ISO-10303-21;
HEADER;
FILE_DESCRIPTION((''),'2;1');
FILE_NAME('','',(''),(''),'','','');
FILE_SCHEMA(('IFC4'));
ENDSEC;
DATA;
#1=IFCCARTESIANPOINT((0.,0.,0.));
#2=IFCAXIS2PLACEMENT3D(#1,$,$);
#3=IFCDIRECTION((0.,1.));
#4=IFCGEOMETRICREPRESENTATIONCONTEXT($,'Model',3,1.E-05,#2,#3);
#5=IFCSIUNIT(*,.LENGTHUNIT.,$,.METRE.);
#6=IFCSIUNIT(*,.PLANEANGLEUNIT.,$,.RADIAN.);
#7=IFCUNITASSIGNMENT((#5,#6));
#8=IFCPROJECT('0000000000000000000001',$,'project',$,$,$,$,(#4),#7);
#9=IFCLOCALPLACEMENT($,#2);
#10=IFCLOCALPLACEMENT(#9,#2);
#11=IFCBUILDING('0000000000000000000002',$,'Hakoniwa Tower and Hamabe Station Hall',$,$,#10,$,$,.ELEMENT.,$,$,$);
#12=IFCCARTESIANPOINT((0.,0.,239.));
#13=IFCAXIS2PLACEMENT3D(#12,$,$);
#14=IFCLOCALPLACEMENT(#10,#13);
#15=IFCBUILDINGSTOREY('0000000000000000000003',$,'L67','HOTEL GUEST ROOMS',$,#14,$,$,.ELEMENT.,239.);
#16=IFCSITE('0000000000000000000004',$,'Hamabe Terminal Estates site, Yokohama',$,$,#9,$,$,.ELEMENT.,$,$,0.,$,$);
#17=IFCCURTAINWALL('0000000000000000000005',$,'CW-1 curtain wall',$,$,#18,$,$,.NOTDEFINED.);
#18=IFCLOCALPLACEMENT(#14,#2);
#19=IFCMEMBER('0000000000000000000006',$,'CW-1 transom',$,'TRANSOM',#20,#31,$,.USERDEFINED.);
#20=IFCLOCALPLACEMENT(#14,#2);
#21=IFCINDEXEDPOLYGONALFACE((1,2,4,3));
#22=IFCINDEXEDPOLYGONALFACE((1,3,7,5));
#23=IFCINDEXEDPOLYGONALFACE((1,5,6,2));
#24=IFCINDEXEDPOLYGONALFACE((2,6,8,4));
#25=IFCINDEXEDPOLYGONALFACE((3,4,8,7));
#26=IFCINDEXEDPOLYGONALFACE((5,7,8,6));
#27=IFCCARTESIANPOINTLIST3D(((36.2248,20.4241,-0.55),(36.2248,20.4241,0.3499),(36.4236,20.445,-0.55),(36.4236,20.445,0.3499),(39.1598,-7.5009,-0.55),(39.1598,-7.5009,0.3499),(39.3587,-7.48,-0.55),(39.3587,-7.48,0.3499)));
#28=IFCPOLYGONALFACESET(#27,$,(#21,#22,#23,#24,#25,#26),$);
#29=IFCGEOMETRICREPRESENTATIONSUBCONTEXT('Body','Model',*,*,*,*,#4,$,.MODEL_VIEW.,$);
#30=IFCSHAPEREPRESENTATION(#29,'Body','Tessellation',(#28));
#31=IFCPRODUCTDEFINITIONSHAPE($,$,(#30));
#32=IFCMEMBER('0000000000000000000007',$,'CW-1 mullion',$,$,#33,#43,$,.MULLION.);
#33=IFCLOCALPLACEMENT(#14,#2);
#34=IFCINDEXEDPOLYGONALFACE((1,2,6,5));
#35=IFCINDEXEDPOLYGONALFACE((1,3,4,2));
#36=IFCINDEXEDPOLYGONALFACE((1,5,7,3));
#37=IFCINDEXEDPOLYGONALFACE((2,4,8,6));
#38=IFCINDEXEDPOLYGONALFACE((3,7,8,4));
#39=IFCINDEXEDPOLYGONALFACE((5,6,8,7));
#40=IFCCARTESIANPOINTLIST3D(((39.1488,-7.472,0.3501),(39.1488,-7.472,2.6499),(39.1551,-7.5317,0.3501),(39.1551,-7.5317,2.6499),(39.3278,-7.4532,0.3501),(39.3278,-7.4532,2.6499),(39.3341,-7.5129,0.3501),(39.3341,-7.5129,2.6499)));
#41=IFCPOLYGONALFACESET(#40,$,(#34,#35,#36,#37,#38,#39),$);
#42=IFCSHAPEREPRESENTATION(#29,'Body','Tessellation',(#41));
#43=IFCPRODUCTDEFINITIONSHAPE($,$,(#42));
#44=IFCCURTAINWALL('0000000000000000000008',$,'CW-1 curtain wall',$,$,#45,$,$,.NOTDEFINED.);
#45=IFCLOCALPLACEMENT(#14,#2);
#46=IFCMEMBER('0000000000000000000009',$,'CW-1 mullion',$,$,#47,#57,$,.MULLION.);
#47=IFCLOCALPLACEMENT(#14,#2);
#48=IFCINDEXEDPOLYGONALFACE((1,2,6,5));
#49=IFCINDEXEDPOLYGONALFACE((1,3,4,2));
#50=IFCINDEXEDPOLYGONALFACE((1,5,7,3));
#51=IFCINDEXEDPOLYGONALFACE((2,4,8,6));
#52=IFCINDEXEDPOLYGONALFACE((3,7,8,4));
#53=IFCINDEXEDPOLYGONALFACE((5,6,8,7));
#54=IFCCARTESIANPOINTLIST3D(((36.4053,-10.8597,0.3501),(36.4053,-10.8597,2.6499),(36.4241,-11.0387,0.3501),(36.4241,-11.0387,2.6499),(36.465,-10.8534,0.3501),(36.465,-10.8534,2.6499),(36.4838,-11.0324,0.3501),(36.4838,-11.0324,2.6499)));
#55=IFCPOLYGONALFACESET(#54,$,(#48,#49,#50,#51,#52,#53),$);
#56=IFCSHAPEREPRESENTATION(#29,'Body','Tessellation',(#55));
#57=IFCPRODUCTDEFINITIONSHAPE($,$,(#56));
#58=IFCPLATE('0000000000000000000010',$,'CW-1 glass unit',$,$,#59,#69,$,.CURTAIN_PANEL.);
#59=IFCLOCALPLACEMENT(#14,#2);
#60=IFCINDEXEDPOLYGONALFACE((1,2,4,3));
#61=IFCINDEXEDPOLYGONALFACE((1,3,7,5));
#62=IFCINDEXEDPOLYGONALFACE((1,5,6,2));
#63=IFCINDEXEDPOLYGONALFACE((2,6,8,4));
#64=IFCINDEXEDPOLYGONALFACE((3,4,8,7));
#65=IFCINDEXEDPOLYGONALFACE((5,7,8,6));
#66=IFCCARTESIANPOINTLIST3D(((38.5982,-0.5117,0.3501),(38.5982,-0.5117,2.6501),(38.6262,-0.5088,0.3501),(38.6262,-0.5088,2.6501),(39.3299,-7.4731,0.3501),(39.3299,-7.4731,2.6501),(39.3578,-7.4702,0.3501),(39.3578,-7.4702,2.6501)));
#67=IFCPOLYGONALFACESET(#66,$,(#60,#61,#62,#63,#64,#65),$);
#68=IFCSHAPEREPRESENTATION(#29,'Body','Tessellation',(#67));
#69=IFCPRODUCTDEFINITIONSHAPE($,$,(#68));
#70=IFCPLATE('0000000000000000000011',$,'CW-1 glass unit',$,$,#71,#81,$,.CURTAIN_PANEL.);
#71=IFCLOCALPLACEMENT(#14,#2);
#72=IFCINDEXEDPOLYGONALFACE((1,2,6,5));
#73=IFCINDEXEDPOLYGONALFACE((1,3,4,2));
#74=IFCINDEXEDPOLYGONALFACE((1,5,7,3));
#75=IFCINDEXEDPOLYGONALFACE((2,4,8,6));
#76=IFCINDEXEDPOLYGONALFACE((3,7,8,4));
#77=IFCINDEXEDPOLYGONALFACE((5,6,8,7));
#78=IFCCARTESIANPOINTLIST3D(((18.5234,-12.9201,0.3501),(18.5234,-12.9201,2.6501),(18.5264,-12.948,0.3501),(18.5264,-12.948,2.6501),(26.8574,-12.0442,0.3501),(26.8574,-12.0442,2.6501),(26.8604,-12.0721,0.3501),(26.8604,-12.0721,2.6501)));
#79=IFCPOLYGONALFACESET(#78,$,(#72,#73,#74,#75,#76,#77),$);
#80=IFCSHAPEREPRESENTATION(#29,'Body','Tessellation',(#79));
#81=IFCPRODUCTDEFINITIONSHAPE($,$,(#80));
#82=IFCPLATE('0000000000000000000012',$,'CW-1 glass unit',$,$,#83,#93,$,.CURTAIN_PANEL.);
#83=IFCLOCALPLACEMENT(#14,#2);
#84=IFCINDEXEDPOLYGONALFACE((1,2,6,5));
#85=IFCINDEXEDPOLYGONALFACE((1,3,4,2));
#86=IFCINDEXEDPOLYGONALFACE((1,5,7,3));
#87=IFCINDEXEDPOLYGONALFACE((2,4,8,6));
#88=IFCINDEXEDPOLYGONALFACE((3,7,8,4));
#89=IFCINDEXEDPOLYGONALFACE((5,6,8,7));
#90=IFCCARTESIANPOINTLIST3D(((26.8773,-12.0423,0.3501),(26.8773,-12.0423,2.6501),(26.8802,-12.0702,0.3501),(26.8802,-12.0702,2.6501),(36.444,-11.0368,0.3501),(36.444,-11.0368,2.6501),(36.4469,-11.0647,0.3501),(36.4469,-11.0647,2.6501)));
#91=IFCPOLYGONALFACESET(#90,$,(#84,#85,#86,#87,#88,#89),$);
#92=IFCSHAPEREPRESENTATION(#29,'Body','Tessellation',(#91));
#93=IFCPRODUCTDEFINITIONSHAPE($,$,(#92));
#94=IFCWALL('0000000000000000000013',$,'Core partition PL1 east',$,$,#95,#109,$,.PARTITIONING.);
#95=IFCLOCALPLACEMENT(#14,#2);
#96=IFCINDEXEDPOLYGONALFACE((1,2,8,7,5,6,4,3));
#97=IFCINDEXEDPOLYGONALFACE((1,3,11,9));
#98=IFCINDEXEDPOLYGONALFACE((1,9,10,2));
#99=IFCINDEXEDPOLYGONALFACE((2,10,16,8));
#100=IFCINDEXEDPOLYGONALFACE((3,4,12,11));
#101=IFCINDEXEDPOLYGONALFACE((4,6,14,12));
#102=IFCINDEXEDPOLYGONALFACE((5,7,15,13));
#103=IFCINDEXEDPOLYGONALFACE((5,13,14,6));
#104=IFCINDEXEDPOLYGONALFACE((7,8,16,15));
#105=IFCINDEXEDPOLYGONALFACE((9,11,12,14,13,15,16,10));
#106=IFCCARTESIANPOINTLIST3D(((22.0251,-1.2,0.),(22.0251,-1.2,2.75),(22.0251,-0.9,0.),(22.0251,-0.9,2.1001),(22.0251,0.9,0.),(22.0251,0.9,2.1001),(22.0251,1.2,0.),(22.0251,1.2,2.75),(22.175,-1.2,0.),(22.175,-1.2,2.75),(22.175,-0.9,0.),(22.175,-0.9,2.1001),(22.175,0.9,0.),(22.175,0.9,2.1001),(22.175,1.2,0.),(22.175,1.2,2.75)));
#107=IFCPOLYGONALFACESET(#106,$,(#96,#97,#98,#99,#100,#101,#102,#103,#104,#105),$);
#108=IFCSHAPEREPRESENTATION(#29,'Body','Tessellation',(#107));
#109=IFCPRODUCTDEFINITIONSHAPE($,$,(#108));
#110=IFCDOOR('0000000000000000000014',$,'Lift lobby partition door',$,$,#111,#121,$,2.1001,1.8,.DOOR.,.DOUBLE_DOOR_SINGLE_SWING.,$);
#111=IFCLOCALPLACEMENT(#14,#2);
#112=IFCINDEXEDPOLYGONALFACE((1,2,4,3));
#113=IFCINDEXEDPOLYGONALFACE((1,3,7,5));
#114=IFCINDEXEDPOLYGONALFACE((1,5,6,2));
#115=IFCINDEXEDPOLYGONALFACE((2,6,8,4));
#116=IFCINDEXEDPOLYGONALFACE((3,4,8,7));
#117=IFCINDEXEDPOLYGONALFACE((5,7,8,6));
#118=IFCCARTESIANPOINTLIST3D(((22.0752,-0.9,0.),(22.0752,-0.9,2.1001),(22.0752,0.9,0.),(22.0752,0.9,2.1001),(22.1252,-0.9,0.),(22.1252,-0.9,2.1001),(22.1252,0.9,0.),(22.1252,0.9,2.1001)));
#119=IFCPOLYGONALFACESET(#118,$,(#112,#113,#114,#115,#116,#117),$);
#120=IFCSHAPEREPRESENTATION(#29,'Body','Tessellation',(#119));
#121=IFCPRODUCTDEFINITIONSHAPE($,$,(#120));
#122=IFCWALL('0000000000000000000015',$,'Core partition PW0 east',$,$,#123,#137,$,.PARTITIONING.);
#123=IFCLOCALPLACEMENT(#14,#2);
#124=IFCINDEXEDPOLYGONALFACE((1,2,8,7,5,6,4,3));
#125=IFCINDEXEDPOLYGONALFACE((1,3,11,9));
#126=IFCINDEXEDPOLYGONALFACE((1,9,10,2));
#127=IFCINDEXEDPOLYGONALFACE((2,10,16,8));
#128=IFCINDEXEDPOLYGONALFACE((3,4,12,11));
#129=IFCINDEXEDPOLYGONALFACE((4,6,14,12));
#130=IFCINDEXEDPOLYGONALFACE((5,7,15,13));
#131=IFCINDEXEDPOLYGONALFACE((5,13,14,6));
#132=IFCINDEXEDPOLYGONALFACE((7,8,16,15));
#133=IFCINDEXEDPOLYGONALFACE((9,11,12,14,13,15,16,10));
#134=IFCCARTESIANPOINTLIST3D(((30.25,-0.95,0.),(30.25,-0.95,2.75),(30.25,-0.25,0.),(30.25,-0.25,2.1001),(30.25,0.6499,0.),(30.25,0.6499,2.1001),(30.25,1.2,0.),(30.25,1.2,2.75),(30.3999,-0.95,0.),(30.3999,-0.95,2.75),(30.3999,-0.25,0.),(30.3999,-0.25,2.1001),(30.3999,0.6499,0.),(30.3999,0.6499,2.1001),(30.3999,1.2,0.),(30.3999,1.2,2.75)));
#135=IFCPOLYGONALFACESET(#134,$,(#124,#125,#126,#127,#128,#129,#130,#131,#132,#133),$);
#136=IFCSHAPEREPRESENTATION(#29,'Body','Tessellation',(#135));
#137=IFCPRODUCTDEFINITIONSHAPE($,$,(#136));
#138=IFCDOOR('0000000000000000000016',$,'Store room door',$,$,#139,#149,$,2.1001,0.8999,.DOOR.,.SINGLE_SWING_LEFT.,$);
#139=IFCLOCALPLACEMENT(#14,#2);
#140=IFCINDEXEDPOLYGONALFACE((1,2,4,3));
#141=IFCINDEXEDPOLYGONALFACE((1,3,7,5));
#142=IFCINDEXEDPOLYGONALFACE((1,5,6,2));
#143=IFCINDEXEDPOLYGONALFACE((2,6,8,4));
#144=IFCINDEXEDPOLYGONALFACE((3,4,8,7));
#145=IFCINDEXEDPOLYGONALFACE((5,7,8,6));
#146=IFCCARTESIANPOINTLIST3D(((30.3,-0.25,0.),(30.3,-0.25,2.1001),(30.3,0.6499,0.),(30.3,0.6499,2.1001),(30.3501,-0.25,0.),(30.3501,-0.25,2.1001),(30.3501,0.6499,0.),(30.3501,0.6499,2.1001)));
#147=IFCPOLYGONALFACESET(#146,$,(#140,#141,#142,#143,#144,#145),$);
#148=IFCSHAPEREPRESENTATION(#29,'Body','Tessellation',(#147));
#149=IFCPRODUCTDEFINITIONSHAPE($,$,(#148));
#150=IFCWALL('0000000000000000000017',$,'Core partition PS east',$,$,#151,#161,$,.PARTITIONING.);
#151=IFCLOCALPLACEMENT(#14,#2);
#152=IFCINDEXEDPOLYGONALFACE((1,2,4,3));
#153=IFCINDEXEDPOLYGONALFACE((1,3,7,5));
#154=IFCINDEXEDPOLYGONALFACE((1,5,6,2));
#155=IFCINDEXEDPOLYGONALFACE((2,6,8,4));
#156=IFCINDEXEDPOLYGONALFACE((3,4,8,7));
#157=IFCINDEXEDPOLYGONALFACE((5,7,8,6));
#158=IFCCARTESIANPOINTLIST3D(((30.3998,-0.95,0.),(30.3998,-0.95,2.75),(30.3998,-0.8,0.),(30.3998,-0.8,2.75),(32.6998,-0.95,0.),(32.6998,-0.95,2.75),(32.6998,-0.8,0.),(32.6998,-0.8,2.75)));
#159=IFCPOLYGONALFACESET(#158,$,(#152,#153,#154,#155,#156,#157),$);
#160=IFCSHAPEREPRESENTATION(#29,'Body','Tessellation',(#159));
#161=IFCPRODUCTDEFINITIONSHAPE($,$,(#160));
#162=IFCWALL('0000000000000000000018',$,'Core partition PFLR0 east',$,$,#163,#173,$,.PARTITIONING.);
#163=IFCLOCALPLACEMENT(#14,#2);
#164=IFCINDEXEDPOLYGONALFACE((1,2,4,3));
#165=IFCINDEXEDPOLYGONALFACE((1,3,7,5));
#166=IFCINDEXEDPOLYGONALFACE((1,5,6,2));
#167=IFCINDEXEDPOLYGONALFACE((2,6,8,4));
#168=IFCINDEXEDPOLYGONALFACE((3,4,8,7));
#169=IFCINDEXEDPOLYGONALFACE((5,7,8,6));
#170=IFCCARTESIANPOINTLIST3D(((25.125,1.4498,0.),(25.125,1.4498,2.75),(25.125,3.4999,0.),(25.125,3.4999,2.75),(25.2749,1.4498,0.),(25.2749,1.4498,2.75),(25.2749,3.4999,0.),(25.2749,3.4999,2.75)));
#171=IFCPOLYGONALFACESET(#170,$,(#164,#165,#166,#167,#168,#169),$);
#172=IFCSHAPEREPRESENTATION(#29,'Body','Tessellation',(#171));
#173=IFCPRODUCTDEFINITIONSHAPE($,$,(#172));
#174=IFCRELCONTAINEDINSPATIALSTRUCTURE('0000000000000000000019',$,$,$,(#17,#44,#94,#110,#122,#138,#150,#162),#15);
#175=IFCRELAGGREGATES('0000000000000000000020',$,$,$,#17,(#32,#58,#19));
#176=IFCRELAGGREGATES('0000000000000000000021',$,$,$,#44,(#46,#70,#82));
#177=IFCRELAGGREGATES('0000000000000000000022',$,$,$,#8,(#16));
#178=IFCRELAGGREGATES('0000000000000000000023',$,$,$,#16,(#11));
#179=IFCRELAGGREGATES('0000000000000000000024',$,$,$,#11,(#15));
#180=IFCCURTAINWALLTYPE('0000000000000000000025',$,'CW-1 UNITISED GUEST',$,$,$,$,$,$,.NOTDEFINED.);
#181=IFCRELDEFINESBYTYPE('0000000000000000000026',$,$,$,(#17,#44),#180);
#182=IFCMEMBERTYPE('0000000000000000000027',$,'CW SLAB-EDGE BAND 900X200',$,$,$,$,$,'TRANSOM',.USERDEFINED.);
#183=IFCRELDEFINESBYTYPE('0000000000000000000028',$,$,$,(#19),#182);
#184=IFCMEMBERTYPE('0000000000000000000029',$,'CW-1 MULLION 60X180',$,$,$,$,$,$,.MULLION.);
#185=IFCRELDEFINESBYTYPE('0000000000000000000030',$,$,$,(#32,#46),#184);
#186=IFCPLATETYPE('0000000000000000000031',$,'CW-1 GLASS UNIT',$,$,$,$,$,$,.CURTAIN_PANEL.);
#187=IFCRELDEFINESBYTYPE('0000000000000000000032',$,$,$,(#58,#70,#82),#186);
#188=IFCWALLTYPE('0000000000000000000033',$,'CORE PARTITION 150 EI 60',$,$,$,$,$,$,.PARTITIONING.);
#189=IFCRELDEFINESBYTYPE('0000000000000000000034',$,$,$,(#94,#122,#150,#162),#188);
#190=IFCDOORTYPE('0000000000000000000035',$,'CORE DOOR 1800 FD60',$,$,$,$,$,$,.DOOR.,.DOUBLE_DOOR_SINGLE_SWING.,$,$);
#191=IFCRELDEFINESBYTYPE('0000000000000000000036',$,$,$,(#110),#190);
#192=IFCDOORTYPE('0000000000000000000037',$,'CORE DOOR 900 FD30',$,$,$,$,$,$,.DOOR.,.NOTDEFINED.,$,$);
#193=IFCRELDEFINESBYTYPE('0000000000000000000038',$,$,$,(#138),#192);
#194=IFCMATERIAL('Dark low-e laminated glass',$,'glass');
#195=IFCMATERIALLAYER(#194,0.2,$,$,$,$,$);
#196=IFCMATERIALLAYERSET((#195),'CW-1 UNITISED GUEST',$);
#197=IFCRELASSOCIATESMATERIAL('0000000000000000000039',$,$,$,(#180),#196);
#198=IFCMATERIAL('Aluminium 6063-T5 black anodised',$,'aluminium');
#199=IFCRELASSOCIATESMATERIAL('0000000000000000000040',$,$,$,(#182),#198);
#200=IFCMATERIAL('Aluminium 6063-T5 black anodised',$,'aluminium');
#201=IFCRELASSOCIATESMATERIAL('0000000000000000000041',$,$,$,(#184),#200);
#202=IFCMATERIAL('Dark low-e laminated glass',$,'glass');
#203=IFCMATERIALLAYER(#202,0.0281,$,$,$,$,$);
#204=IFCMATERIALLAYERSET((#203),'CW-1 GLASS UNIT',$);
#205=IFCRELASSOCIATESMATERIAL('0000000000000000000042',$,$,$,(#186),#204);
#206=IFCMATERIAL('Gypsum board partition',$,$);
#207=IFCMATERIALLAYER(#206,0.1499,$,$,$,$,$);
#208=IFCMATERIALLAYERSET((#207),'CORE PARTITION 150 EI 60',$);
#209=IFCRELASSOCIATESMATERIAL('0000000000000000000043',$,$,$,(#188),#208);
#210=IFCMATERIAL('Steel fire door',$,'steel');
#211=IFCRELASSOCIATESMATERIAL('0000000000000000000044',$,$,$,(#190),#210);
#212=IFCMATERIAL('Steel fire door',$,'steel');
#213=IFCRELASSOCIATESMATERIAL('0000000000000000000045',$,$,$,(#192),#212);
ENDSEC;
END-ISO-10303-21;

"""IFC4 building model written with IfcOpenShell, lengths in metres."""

from ifc_helpers import new_model, si_unit, direction, frame, frame_2d, origin, origin_2d, place, context, subcontext, project, spatial, rectangle, extrude, material, layer, layer_set, material_profile, profile_set, type_object, element, fill, aggregate, save


model = new_model("IFC4")

# Units and contexts
model_context = context("Model", 3, precision=1e-05, world=origin(), true_north=direction((0.0, 1.0)))
body_context = subcontext(model_context, "Body", "Model", "MODEL_VIEW")
ifc_project = project(units=[si_unit("LENGTHUNIT", "METRE"), si_unit("PLANEANGLEUNIT", "RADIAN")], contexts=[model_context])

# Site, building, storey
site_placement = place(None, origin())
site = spatial("IfcSite", under=ifc_project, at=site_placement, Name="Hamabe Terminal Estates site, Yokohama", CompositionType="ELEMENT", RefElevation=0.0)
building_placement = place(site_placement, origin())
building = spatial("IfcBuilding", under=site, at=building_placement, Name="Hakoniwa Tower and Hamabe Station Hall", CompositionType="ELEMENT")
storey_placement = place(building_placement, frame((0.0, 0.0, 239.0)))
storey = spatial("IfcBuildingStorey", under=building, at=storey_placement, Name="L67", Description="HOTEL GUEST ROOMS", CompositionType="ELEMENT", Elevation=239.0)

# Curtain wall, members
ifc_material_1 = material(Name="Dark low-e laminated glass", Category="glass")
ifc_layer_1 = layer(ifc_material_1, 0.2)
ifc_layer_set_1 = layer_set([ifc_layer_1], Name="CW-1 UNITISED GUEST")
curtain_wall_type = type_object("IfcCurtainWallType", Name="CW-1 UNITISED GUEST", PredefinedType="NOTDEFINED", material=ifc_layer_set_1)
curtain_wall_1_placement = place(storey_placement, origin())
curtain_wall_1 = element("IfcCurtainWall", 1, at=curtain_wall_1_placement, inside=storey, type_object=curtain_wall_type, Name="CW-1 curtain wall", PredefinedType="NOTDEFINED")
ifc_material_2 = material(Name="Aluminium 6063-T5 black anodised", Category="aluminium")
ifc_material_profile_1 = material_profile(ifc_material_2, rectangle(XDim=0.2, YDim=0.8999, at=origin_2d()), Name="CW SLAB-EDGE BAND 900X200")
ifc_profile_set_1 = profile_set([ifc_material_profile_1], Name="Aluminium 6063-T5 black anodised")
member_type_1 = type_object("IfcMemberType", Name="CW SLAB-EDGE BAND 900X200", ElementType="TRANSOM", PredefinedType="USERDEFINED", material=ifc_profile_set_1)
member_1_placement = place(storey_placement, frame((39.2593, -7.4905, -0.1001), z_axis=(-0.104529, 0.994522, 0.0), x_axis=(-0.994522, -0.104529, 0.0)))
member_1 = element("IfcMember", 2, at=member_1_placement, type_object=member_type_1, Name="CW-1 transom", ObjectType="TRANSOM", PredefinedType="USERDEFINED", context=body_context, shape_type="SweptSolid", body=[
    extrude(rectangle(XDim=0.2, YDim=0.8999, at=origin_2d()), origin(), (0.0, 0.0, 1.0), 28.0789),
])
ifc_material_3 = material(Name="Aluminium 6063-T5 black anodised", Category="aluminium")
ifc_material_profile_2 = material_profile(ifc_material_3, rectangle(XDim=0.0601, YDim=0.1799, at=origin_2d()), Name="CW-1 MULLION 60X180")
ifc_profile_set_2 = profile_set([ifc_material_profile_2], Name="Aluminium 6063-T5 black anodised")
member_type_2 = type_object("IfcMemberType", Name="CW-1 MULLION 60X180", PredefinedType="MULLION", material=ifc_profile_set_2)
member_2_placement = place(storey_placement, frame((39.2415, -7.4924, 0.3501), z_axis=(0.0, 0.0, 1.0), x_axis=(-0.104528, 0.994522, 0.0)))
member_2 = element("IfcMember", 3, at=member_2_placement, type_object=member_type_2, Name="CW-1 mullion", PredefinedType="MULLION", context=body_context, shape_type="SweptSolid", body=[
    extrude(rectangle(XDim=0.0601, YDim=0.1799, at=origin_2d()), origin(), (0.0, 0.0, 1.0), 2.2998),
])

# Curtain wall, member
curtain_wall_2_placement = place(storey_placement, origin())
curtain_wall_2 = element("IfcCurtainWall", 4, at=curtain_wall_2_placement, inside=storey, type_object=curtain_wall_type, Name="CW-1 curtain wall", PredefinedType="NOTDEFINED")
member_3_placement = place(storey_placement, frame((36.4446, -10.946, 0.3501), z_axis=(0.0, 0.0, 1.0), x_axis=(0.994522, 0.104528, 0.0)))
member_3 = element("IfcMember", 5, at=member_3_placement, type_object=member_type_2, Name="CW-1 mullion", PredefinedType="MULLION", context=body_context, shape_type="SweptSolid", body=[
    extrude(rectangle(XDim=0.0601, YDim=0.1799, at=origin_2d()), origin(), (0.0, 0.0, 1.0), 2.2998),
])

# Plates
ifc_material_4 = material(Name="Dark low-e laminated glass", Category="glass")
ifc_layer_2 = layer(ifc_material_4, 0.0281)
ifc_layer_set_2 = layer_set([ifc_layer_2], Name="CW-1 GLASS UNIT")
plate_type = type_object("IfcPlateType", Name="CW-1 GLASS UNIT", PredefinedType="CURTAIN_PANEL", material=ifc_layer_set_2)
plate_1_placement = place(storey_placement, frame((38.978, -3.991, 0.3501), z_axis=(0.0, 0.0, 1.0), x_axis=(-0.104528, 0.994522, 0.0)))
plate_1 = element("IfcPlate", 6, at=plate_1_placement, type_object=plate_type, Name="CW-1 glass unit", PredefinedType="CURTAIN_PANEL", context=body_context, shape_type="SweptSolid", body=[
    extrude(rectangle(XDim=6.9998, YDim=0.0281, at=origin_2d()), origin(), (0.0, 0.0, 1.0), 2.3),
])
aggregate(curtain_wall_1, [member_2, plate_1, member_1])
plate_2_placement = place(storey_placement, frame((22.6919, -12.4961, 0.3501), z_axis=(0.0, 0.0, 1.0), x_axis=(0.994522, 0.104528, 0.0)))
plate_2 = element("IfcPlate", 7, at=plate_2_placement, type_object=plate_type, Name="CW-1 glass unit", PredefinedType="CURTAIN_PANEL", context=body_context, shape_type="SweptSolid", body=[
    extrude(rectangle(XDim=8.3799, YDim=0.0281, at=origin_2d()), origin(), (0.0, 0.0, 1.0), 2.3),
])
plate_3_placement = place(storey_placement, frame((31.6621, -11.5535, 0.3501), z_axis=(0.0, 0.0, 1.0), x_axis=(0.994522, 0.104528, 0.0)))
plate_3 = element("IfcPlate", 8, at=plate_3_placement, type_object=plate_type, Name="CW-1 glass unit", PredefinedType="CURTAIN_PANEL", context=body_context, shape_type="SweptSolid", body=[
    extrude(rectangle(XDim=9.6194, YDim=0.0281, at=origin_2d()), origin(), (0.0, 0.0, 1.0), 2.3),
])
aggregate(curtain_wall_2, [member_3, plate_2, plate_3])

# Walls, openings, doors
ifc_material_5 = material(Name="Gypsum board partition")
ifc_layer_3 = layer(ifc_material_5, 0.1499)
ifc_layer_set_3 = layer_set([ifc_layer_3], Name="CORE PARTITION 150 EI 60")
wall_type_1 = type_object("IfcWallType", Name="CORE PARTITION 150 EI 60", PredefinedType="PARTITIONING", material=ifc_layer_set_3)
wall_1_placement = place(storey_placement, frame((22.1001, -1.2, 0.0), z_axis=(0.0, 0.0, 1.0), x_axis=(0.0, 1.0, 0.0)))
wall_1 = element("IfcWall", 9, at=wall_1_placement, inside=storey, type_object=wall_type_1, Name="Core partition PL1 east", PredefinedType="PARTITIONING", context=body_context, shape_type="SweptSolid", body=[
    extrude(rectangle(XDim=2.3999, YDim=0.1499, at=frame_2d((1.2, 0.0))), origin(), (0.0, 0.0, 1.0), 2.75),
])
opening_1_placement = place(wall_1_placement, frame((0.3, 0.0, 0.0)))
opening_1 = element("IfcOpeningElement", 10, at=opening_1_placement, cuts=wall_1, PredefinedType="OPENING", context=body_context, shape_type="SweptSolid", body=[
    extrude(rectangle(XDim=1.8, YDim=2.1001, at=frame_2d((0.8999, 1.05))), frame((0.0, 0.085, 0.0), z_axis=(0.0, -1.0, 0.0), x_axis=(1.0, 0.0, 0.0)), (0.0, 0.0, 1.0), 0.1699),
])
ifc_material_6 = material(Name="Steel fire door", Category="steel")
door_type_1 = type_object("IfcDoorType", Name="CORE DOOR 1800 FD60", OperationType="DOUBLE_DOOR_SINGLE_SWING", PredefinedType="DOOR", material=ifc_material_6)
door_1_placement = place(opening_1_placement, origin())
door_1 = element("IfcDoor", 11, at=door_1_placement, inside=storey, type_object=door_type_1, Name="Lift lobby partition door", OperationType="DOUBLE_DOOR_SINGLE_SWING", OverallHeight=2.1001, OverallWidth=1.8, PredefinedType="DOOR", context=body_context, shape_type="SweptSolid", body=[
    extrude(rectangle(XDim=1.8, YDim=2.1001, at=frame_2d((0.8999, 1.05))), frame((0.0, 0.0249, 0.0), z_axis=(0.0, -1.0, 0.0), x_axis=(1.0, 0.0, 0.0)), (0.0, 0.0, 1.0), 0.05),
])
fill(opening_1, door_1)
wall_2_placement = place(storey_placement, frame((30.325, -0.95, 0.0), z_axis=(0.0, 0.0, 1.0), x_axis=(0.0, 1.0, 0.0)))
wall_2 = element("IfcWall", 12, at=wall_2_placement, inside=storey, type_object=wall_type_1, Name="Core partition PW0 east", PredefinedType="PARTITIONING", context=body_context, shape_type="SweptSolid", body=[
    extrude(rectangle(XDim=2.1499, YDim=0.1499, at=frame_2d((1.075, 0.0))), origin(), (0.0, 0.0, 1.0), 2.75),
])
opening_2_placement = place(wall_2_placement, frame((0.7, 0.0, 0.0)))
opening_2 = element("IfcOpeningElement", 13, at=opening_2_placement, cuts=wall_2, PredefinedType="OPENING", context=body_context, shape_type="SweptSolid", body=[
    extrude(rectangle(XDim=0.8999, YDim=2.1001, at=frame_2d((0.45, 1.05))), frame((0.0, 0.085, 0.0), z_axis=(0.0, -1.0, 0.0), x_axis=(1.0, 0.0, 0.0)), (0.0, 0.0, 1.0), 0.1699),
])
ifc_material_7 = material(Name="Steel fire door", Category="steel")
door_type_2 = type_object("IfcDoorType", Name="CORE DOOR 900 FD30", OperationType="NOTDEFINED", PredefinedType="DOOR", material=ifc_material_7)
door_2_placement = place(opening_2_placement, origin())
door_2 = element("IfcDoor", 14, at=door_2_placement, inside=storey, type_object=door_type_2, Name="Store room door", OperationType="SINGLE_SWING_LEFT", OverallHeight=2.1001, OverallWidth=0.8999, PredefinedType="DOOR", context=body_context, shape_type="SweptSolid", body=[
    extrude(rectangle(XDim=0.8999, YDim=2.1001, at=frame_2d((0.45, 1.05))), frame((0.0, 0.0249, 0.0), z_axis=(0.0, -1.0, 0.0), x_axis=(1.0, 0.0, 0.0)), (0.0, 0.0, 1.0), 0.05),
])
fill(opening_2, door_2)

# Walls
wall_3_placement = place(storey_placement, frame((30.3999, -0.875, 0.0), z_axis=(0.0, 0.0, 1.0), x_axis=(1.0, 0.0, 0.0)))
element("IfcWall", 15, at=wall_3_placement, inside=storey, type_object=wall_type_1, Name="Core partition PS east", PredefinedType="PARTITIONING", context=body_context, shape_type="SweptSolid", body=[
    extrude(rectangle(XDim=2.3, YDim=0.1499, at=frame_2d((1.1499, 0.0))), origin(), (0.0, 0.0, 1.0), 2.75),
])
wall_4_placement = place(storey_placement, frame((25.2, 1.45, 0.0), z_axis=(0.0, 0.0, 1.0), x_axis=(0.0, 1.0, 0.0)))
element("IfcWall", 16, at=wall_4_placement, inside=storey, type_object=wall_type_1, Name="Core partition PFLR0 east", PredefinedType="PARTITIONING", context=body_context, shape_type="SweptSolid", body=[
    extrude(rectangle(XDim=2.05, YDim=0.1499, at=frame_2d((1.0249, 0.0))), origin(), (0.0, 0.0, 1.0), 2.75),
])

save(model, "model.ifc")
